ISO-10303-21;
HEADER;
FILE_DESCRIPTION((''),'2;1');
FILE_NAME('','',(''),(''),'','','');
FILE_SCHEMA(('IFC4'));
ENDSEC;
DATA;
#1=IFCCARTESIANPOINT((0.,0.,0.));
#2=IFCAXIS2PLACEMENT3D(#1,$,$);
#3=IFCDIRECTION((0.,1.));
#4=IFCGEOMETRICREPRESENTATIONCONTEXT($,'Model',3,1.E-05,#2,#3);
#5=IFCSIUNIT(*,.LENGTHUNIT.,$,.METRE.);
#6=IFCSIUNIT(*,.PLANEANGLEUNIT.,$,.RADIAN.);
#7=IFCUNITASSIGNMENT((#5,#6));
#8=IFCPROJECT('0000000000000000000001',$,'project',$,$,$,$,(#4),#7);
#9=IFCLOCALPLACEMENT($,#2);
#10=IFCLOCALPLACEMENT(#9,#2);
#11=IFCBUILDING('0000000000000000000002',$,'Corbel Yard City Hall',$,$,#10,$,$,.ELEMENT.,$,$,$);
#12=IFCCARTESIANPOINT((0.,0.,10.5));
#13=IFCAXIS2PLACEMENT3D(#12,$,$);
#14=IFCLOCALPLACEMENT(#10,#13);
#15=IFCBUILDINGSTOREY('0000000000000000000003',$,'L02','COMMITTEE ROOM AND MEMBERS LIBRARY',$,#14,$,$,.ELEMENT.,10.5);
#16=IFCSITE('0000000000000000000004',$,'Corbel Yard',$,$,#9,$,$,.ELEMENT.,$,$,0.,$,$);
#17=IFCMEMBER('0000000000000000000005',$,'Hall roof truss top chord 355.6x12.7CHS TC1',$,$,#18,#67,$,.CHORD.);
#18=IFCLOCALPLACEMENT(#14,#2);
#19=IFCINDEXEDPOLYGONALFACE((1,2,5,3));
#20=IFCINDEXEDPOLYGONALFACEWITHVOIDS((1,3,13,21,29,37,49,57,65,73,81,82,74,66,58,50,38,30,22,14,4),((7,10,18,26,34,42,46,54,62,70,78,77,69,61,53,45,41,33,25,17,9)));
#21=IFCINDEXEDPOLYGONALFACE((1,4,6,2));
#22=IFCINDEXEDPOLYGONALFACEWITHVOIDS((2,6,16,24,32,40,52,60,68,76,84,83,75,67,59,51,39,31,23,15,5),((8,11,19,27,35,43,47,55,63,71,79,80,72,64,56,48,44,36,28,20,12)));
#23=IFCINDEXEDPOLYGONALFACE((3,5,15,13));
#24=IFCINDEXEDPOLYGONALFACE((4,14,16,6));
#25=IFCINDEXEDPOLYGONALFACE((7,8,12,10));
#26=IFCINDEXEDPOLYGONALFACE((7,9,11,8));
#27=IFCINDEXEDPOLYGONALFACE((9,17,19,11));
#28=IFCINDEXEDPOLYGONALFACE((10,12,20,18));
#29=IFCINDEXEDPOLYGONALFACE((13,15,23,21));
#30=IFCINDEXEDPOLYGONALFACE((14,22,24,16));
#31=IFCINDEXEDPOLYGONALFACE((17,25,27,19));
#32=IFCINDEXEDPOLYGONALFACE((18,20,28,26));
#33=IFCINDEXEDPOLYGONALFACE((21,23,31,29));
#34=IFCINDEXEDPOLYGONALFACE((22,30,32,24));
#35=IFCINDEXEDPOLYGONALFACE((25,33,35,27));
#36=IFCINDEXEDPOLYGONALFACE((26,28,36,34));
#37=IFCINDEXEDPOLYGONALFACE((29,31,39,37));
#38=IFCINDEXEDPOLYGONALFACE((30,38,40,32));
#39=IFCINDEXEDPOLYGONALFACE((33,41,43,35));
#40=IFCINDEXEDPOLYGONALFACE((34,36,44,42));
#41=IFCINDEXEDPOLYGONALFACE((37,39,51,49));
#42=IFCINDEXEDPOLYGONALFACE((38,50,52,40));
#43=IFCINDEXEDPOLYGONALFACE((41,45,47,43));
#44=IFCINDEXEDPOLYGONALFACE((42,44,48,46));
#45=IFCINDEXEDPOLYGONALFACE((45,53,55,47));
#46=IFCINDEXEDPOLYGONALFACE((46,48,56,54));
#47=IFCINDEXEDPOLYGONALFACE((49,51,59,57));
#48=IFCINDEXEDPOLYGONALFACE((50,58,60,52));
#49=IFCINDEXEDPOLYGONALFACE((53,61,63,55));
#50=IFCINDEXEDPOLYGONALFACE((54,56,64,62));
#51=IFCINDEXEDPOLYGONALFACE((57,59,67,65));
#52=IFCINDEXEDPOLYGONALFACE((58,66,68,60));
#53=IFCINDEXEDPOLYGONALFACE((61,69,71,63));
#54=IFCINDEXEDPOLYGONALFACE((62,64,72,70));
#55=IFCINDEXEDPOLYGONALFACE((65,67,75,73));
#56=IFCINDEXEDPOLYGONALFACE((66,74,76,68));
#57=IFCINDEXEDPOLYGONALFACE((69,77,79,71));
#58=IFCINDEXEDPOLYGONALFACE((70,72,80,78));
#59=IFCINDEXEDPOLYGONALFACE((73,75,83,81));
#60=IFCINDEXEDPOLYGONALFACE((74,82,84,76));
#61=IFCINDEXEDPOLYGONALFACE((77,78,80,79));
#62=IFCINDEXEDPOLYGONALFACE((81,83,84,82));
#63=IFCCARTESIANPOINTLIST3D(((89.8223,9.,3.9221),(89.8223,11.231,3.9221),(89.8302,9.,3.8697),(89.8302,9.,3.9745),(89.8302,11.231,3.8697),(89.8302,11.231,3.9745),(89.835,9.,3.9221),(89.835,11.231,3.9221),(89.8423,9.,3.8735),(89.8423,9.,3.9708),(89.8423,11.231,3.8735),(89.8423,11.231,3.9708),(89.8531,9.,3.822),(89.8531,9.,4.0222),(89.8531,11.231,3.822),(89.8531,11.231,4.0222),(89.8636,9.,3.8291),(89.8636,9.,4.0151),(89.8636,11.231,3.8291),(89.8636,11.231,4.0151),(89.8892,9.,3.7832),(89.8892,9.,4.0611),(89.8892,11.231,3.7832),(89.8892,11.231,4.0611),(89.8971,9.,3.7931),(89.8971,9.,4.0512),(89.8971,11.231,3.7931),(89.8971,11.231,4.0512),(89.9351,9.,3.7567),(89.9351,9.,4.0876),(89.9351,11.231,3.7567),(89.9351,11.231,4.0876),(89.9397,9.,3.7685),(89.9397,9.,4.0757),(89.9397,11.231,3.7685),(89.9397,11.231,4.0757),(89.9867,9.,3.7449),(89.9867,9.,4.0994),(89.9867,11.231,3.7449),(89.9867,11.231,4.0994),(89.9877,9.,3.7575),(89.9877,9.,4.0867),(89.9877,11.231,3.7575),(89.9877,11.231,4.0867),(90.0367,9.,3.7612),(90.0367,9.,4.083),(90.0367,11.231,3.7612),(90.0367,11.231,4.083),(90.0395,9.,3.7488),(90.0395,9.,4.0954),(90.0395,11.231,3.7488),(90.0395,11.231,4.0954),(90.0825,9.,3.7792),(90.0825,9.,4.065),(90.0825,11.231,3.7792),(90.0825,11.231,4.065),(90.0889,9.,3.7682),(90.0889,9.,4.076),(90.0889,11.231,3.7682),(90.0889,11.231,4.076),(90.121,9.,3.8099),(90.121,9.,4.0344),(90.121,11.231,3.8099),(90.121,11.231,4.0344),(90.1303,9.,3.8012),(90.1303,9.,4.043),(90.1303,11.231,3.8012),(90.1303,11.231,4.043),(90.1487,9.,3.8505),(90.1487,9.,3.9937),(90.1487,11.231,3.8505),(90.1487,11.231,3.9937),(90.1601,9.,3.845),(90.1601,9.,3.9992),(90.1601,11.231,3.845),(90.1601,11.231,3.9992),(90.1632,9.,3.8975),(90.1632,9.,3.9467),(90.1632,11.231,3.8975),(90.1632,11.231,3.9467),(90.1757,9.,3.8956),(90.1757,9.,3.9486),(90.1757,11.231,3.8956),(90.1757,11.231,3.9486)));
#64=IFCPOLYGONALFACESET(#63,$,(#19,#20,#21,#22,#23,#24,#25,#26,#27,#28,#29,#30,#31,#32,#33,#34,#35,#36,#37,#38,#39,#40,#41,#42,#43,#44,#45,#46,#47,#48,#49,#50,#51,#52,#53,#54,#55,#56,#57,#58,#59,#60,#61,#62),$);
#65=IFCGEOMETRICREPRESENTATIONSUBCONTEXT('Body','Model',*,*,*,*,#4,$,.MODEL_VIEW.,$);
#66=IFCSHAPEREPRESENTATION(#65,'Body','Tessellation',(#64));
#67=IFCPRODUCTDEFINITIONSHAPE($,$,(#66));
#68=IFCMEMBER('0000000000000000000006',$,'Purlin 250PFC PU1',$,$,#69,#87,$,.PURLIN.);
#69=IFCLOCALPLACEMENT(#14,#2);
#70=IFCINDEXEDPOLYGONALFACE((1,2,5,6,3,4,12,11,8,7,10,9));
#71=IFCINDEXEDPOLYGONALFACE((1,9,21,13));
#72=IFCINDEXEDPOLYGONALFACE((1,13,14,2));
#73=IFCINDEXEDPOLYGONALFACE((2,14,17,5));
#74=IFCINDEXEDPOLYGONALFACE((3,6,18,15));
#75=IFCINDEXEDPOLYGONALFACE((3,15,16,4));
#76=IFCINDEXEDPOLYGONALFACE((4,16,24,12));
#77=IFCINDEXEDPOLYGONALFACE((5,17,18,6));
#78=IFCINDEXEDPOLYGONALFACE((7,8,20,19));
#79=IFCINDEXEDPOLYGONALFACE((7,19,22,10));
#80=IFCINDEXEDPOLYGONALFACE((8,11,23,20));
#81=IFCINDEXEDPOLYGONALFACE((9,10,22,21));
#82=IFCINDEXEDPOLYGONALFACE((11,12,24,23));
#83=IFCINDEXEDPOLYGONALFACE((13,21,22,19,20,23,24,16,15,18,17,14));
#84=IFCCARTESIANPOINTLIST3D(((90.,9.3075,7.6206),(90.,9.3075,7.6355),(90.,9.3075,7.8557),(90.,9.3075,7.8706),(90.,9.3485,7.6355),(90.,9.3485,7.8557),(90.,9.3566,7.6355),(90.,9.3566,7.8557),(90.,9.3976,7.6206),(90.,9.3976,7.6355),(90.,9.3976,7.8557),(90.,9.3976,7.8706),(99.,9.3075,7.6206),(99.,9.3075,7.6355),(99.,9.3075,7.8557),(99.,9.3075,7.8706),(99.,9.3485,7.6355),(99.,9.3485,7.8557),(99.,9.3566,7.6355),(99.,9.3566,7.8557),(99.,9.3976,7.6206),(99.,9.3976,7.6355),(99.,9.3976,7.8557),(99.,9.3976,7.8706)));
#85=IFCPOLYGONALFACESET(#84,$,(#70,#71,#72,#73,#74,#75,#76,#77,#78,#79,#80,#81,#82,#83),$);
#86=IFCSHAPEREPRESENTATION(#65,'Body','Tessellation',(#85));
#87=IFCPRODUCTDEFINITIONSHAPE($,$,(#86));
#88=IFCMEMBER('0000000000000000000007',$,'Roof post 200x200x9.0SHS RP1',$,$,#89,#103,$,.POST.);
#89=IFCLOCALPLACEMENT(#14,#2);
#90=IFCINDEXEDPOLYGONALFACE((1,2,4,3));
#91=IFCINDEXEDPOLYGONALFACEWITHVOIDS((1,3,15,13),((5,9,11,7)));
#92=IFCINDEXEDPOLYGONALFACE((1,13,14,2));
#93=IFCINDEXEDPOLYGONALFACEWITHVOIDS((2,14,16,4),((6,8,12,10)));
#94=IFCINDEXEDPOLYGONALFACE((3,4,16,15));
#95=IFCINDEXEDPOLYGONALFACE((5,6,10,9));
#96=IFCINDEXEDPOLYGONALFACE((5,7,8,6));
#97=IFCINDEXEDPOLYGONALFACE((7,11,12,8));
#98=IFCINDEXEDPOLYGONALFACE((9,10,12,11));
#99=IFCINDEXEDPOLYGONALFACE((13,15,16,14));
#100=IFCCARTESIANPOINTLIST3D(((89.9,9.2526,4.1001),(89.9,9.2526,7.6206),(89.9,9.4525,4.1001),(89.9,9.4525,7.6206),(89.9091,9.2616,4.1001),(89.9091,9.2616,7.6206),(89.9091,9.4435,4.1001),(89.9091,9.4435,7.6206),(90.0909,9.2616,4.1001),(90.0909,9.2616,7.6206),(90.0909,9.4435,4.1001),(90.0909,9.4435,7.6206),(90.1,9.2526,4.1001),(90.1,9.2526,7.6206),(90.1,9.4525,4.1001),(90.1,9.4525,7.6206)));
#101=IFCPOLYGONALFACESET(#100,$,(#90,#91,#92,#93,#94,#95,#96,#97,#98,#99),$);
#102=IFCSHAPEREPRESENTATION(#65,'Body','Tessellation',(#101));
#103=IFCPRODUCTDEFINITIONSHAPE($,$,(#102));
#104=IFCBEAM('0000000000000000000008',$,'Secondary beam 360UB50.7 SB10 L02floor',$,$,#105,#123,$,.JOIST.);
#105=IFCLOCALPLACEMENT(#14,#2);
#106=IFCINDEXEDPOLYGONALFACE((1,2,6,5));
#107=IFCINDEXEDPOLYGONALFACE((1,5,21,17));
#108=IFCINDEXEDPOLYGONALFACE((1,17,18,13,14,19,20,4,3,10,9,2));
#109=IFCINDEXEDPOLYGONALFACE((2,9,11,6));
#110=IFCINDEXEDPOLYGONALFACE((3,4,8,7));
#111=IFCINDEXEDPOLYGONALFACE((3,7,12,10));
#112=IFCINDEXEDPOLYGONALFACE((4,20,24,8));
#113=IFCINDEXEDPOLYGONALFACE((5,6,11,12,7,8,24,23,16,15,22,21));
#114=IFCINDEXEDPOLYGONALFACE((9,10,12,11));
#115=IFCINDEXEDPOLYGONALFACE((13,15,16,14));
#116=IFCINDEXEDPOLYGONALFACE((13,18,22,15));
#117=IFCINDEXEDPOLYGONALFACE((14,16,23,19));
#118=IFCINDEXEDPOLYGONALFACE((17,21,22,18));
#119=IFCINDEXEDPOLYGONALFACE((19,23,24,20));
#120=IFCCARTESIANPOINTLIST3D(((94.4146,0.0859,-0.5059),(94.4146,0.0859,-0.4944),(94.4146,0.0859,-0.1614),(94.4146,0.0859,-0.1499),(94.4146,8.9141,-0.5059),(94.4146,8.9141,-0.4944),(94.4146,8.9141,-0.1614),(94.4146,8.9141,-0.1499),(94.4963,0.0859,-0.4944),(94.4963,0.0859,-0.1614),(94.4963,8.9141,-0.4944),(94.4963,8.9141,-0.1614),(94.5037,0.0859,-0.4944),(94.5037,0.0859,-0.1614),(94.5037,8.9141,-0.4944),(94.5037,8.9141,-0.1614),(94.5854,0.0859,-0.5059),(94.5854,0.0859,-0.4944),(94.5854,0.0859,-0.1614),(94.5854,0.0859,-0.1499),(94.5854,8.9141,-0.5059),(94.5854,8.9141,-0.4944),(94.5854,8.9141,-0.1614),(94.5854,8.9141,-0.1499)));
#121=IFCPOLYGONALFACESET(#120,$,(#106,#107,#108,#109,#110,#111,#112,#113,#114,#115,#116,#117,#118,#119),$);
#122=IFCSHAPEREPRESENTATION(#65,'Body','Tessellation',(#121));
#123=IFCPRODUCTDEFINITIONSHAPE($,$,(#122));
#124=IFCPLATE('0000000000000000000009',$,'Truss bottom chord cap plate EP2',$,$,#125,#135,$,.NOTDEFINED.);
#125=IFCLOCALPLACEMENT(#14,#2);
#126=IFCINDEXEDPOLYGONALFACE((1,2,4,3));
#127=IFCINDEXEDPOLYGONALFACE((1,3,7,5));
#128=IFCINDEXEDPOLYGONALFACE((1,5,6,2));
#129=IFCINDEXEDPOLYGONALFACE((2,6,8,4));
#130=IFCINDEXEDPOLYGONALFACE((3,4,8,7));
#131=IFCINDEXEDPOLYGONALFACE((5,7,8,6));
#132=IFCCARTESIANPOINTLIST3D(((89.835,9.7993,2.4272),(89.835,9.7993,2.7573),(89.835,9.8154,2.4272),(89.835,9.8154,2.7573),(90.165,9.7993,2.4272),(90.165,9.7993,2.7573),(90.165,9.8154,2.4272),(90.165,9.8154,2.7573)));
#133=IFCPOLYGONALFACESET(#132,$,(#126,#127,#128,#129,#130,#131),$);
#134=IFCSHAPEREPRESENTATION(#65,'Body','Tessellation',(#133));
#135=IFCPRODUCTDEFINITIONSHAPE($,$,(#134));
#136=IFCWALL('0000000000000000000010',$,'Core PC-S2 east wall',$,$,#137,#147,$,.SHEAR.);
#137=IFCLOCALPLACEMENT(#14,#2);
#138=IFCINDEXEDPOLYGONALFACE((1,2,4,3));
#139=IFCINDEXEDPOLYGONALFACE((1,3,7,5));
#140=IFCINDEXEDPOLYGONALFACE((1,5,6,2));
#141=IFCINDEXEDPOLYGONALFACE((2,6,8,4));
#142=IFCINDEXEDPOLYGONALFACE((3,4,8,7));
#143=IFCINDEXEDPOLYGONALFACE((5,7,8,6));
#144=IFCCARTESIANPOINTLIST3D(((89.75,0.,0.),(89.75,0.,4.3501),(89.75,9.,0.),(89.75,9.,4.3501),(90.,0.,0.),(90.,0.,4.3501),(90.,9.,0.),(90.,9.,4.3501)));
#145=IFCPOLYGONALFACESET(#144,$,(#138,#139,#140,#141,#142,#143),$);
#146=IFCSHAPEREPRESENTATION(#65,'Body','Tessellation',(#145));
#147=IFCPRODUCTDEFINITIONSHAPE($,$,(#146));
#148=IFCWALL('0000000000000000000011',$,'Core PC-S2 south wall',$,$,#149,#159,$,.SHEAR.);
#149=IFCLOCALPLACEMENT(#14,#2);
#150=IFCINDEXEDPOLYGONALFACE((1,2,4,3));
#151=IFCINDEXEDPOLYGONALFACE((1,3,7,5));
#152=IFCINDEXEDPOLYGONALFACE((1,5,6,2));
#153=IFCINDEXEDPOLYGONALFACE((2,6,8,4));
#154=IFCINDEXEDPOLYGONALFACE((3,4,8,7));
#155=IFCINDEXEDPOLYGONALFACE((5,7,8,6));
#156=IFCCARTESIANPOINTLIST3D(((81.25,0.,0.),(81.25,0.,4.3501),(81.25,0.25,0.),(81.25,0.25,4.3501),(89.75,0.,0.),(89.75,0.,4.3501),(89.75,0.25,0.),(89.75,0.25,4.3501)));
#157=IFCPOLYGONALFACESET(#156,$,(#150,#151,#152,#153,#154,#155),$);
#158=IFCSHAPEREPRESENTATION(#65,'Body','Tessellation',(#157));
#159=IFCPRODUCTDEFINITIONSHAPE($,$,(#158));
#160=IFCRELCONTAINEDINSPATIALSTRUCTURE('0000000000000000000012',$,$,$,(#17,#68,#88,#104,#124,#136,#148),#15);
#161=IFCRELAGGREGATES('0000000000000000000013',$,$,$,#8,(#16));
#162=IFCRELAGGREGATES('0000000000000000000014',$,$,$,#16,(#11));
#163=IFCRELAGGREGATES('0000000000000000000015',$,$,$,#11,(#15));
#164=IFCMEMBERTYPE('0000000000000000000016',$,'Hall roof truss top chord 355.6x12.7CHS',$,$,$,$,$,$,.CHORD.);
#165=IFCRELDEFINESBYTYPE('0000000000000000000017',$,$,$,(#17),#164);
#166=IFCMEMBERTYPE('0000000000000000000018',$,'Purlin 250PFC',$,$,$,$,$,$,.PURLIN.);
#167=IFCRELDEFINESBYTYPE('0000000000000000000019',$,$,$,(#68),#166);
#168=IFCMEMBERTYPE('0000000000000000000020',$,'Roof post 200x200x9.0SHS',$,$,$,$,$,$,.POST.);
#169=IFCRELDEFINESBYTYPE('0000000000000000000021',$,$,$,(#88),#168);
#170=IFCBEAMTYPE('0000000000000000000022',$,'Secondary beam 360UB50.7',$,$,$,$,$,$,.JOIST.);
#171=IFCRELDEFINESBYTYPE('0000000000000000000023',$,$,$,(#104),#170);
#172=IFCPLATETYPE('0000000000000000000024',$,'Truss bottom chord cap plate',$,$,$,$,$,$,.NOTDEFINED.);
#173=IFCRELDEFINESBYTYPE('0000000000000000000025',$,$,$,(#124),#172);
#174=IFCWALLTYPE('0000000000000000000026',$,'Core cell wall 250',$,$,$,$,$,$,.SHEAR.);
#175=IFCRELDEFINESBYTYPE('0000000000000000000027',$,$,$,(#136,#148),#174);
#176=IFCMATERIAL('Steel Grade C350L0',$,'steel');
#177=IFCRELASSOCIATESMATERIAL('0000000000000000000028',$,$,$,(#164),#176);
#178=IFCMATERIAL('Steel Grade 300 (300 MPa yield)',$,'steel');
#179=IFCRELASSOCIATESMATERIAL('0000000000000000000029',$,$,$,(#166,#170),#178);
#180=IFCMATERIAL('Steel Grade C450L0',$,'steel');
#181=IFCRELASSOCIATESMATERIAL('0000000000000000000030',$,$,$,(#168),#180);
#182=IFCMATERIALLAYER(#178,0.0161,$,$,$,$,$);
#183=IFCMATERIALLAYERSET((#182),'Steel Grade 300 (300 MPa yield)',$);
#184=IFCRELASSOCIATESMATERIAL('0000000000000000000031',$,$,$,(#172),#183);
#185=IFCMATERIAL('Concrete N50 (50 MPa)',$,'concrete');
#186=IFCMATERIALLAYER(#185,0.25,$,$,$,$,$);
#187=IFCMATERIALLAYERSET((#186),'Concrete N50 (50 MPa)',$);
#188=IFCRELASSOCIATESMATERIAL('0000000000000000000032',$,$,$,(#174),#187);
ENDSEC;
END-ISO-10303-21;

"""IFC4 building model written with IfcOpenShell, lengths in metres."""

from ifc_helpers import new_model, si_unit, direction, frame, frame_2d, origin, origin_2d, place, context, subcontext, project, spatial, rectangle, hollow_rectangle, hollow_circle, i_section, extrude, material, layer, layer_set, material_profile, profile_set, type_object, element, save


model = new_model("IFC4")

# Units and contexts
model_context = context("Model", 3, precision=1e-05, world=origin(), true_north=direction((0.0, 1.0)))
body_context = subcontext(model_context, "Body", "Model", "MODEL_VIEW")
ifc_project = project(units=[si_unit("LENGTHUNIT", "METRE"), si_unit("PLANEANGLEUNIT", "RADIAN")], contexts=[model_context])

# Site, building, storey
site_placement = place(None, origin())
site = spatial("IfcSite", under=ifc_project, at=site_placement, Name="Corbel Yard", CompositionType="ELEMENT", RefElevation=0.0)
building_placement = place(site_placement, origin())
building = spatial("IfcBuilding", under=site, at=building_placement, Name="Corbel Yard City Hall", CompositionType="ELEMENT")
storey_placement = place(building_placement, frame((0.0, 0.0, 10.5)))
storey = spatial("IfcBuildingStorey", under=building, at=storey_placement, Name="L02", Description="COMMITTEE ROOM AND MEMBERS LIBRARY", CompositionType="ELEMENT", Elevation=10.5)

# Shared definitions
ifc_material_1 = material(Name="Steel Grade 300 (300 MPa yield)", Category="steel")

# Members
ifc_material_2 = material(Name="Steel Grade C350L0", Category="steel")
ifc_material_profile_1 = material_profile(ifc_material_2, hollow_circle(Radius=0.1777, WallThickness=0.0127, at=origin_2d()), Name="355.6x12.7CHS")
ifc_profile_set_1 = profile_set([ifc_material_profile_1], Name="Steel Grade C350L0")
member_type_1 = type_object("IfcMemberType", Name="Hall roof truss top chord 355.6x12.7CHS", PredefinedType="CHORD", material=ifc_profile_set_1)
member_1_placement = place(storey_placement, frame((90.0, 9.0, 3.9221), z_axis=(0.0, 1.0, 0.0), x_axis=(-1.0, 0.0, 0.0)))
element("IfcMember", 1, at=member_1_placement, inside=storey, type_object=member_type_1, Name="Hall roof truss top chord 355.6x12.7CHS TC1", PredefinedType="CHORD", context=body_context, shape_type="SweptSolid", body=[
    extrude(hollow_circle(Radius=0.1777, WallThickness=0.0127, at=origin_2d()), origin(), (0.0, 0.0, 1.0), 2.231),
])
ifc_material_profile_2 = material_profile(ifc_material_1, i_section(OverallWidth=0.0901, OverallDepth=0.25, WebThickness=0.0081, FlangeThickness=0.0149, at=origin_2d()), Name="250PFC")
ifc_profile_set_2 = profile_set([ifc_material_profile_2], Name="Steel Grade 300 (300 MPa yield)")
member_type_2 = type_object("IfcMemberType", Name="Purlin 250PFC", PredefinedType="PURLIN", material=ifc_profile_set_2)
member_2_placement = place(storey_placement, frame((90.0, 9.3525, 7.7456), z_axis=(1.0, 0.0, 0.0), x_axis=(0.0, 1.0, 0.0)))
element("IfcMember", 2, at=member_2_placement, inside=storey, type_object=member_type_2, Name="Purlin 250PFC PU1", PredefinedType="PURLIN", context=body_context, shape_type="SweptSolid", body=[
    extrude(i_section(OverallWidth=0.0901, OverallDepth=0.25, WebThickness=0.0081, FlangeThickness=0.0149, at=origin_2d()), origin(), (0.0, 0.0, 1.0), 9.0),
])
ifc_material_3 = material(Name="Steel Grade C450L0", Category="steel")
ifc_material_profile_3 = material_profile(ifc_material_3, hollow_rectangle(XDim=0.2, YDim=0.2, WallThickness=0.009, at=origin_2d()), Name="200x200x9.0SHS")
ifc_profile_set_3 = profile_set([ifc_material_profile_3], Name="Steel Grade C450L0")
member_type_3 = type_object("IfcMemberType", Name="Roof post 200x200x9.0SHS", PredefinedType="POST", material=ifc_profile_set_3)
member_3_placement = place(storey_placement, frame((90.0, 9.3525, 4.1001), z_axis=(0.0, 0.0, 1.0), x_axis=(1.0, 0.0, 0.0)))
element("IfcMember", 3, at=member_3_placement, inside=storey, type_object=member_type_3, Name="Roof post 200x200x9.0SHS RP1", PredefinedType="POST", context=body_context, shape_type="SweptSolid", body=[
    extrude(hollow_rectangle(XDim=0.2, YDim=0.2, WallThickness=0.009, at=origin_2d()), origin(), (0.0, 0.0, 1.0), 3.5205),
])

# Beam
ifc_material_profile_4 = material_profile(ifc_material_1, i_section(OverallWidth=0.1709, OverallDepth=0.356, WebThickness=0.0073, FlangeThickness=0.0115, at=origin_2d()), Name="360UB50.7")
ifc_profile_set_4 = profile_set([ifc_material_profile_4], Name="Steel Grade 300 (300 MPa yield)")
beam_type_1 = type_object("IfcBeamType", Name="Secondary beam 360UB50.7", PredefinedType="JOIST", material=ifc_profile_set_4)
beam_1_placement = place(storey_placement, frame((94.5, 0.0859, -0.3279), z_axis=(0.0, 1.0, 0.0), x_axis=(-1.0, 0.0, 0.0)))
element("IfcBeam", 4, at=beam_1_placement, inside=storey, type_object=beam_type_1, Name="Secondary beam 360UB50.7 SB10 L02floor", PredefinedType="JOIST", context=body_context, shape_type="SweptSolid", body=[
    extrude(i_section(OverallWidth=0.1709, OverallDepth=0.356, WebThickness=0.0073, FlangeThickness=0.0115, at=origin_2d()), origin(), (0.0, 0.0, 1.0), 8.8281),
])

# Plate
ifc_layer_1 = layer(ifc_material_1, 0.0161)
ifc_layer_set_1 = layer_set([ifc_layer_1], Name="Steel Grade 300 (300 MPa yield)")
plate_type = type_object("IfcPlateType", Name="Truss bottom chord cap plate", PredefinedType="NOTDEFINED", material=ifc_layer_set_1)
plate_placement = place(storey_placement, frame((90.0, 9.8074, 2.4272), z_axis=(0.0, 0.0, 1.0), x_axis=(1.0, 0.0, 0.0)))
element("IfcPlate", 5, at=plate_placement, inside=storey, type_object=plate_type, Name="Truss bottom chord cap plate EP2", PredefinedType="NOTDEFINED", context=body_context, shape_type="SweptSolid", body=[
    extrude(rectangle(XDim=0.3301, YDim=0.0161, at=origin_2d()), origin(), (0.0, 0.0, 1.0), 0.3301),
])

# Walls
ifc_material_4 = material(Name="Concrete N50 (50 MPa)", Category="concrete")
ifc_layer_2 = layer(ifc_material_4, 0.25)
ifc_layer_set_2 = layer_set([ifc_layer_2], Name="Concrete N50 (50 MPa)")
wall_type_1 = type_object("IfcWallType", Name="Core cell wall 250", PredefinedType="SHEAR", material=ifc_layer_set_2)
wall_1_placement = place(storey_placement, frame((89.875, 0.0, 0.0), z_axis=(0.0, 0.0, 1.0), x_axis=(0.0, 1.0, 0.0)))
element("IfcWall", 6, at=wall_1_placement, inside=storey, type_object=wall_type_1, Name="Core PC-S2 east wall", PredefinedType="SHEAR", context=body_context, shape_type="SweptSolid", body=[
    extrude(rectangle(XDim=9.0, YDim=0.25, at=frame_2d((4.5, 0.0))), origin(), (0.0, 0.0, 1.0), 4.3501),
])
wall_2_placement = place(storey_placement, frame((81.25, 0.125, 0.0), z_axis=(0.0, 0.0, 1.0), x_axis=(1.0, 0.0, 0.0)))
element("IfcWall", 7, at=wall_2_placement, inside=storey, type_object=wall_type_1, Name="Core PC-S2 south wall", PredefinedType="SHEAR", context=body_context, shape_type="SweptSolid", body=[
    extrude(rectangle(XDim=8.5, YDim=0.25, at=frame_2d((4.25, 0.0))), origin(), (0.0, 0.0, 1.0), 4.3501),
])

save(model, "model.ifc")
